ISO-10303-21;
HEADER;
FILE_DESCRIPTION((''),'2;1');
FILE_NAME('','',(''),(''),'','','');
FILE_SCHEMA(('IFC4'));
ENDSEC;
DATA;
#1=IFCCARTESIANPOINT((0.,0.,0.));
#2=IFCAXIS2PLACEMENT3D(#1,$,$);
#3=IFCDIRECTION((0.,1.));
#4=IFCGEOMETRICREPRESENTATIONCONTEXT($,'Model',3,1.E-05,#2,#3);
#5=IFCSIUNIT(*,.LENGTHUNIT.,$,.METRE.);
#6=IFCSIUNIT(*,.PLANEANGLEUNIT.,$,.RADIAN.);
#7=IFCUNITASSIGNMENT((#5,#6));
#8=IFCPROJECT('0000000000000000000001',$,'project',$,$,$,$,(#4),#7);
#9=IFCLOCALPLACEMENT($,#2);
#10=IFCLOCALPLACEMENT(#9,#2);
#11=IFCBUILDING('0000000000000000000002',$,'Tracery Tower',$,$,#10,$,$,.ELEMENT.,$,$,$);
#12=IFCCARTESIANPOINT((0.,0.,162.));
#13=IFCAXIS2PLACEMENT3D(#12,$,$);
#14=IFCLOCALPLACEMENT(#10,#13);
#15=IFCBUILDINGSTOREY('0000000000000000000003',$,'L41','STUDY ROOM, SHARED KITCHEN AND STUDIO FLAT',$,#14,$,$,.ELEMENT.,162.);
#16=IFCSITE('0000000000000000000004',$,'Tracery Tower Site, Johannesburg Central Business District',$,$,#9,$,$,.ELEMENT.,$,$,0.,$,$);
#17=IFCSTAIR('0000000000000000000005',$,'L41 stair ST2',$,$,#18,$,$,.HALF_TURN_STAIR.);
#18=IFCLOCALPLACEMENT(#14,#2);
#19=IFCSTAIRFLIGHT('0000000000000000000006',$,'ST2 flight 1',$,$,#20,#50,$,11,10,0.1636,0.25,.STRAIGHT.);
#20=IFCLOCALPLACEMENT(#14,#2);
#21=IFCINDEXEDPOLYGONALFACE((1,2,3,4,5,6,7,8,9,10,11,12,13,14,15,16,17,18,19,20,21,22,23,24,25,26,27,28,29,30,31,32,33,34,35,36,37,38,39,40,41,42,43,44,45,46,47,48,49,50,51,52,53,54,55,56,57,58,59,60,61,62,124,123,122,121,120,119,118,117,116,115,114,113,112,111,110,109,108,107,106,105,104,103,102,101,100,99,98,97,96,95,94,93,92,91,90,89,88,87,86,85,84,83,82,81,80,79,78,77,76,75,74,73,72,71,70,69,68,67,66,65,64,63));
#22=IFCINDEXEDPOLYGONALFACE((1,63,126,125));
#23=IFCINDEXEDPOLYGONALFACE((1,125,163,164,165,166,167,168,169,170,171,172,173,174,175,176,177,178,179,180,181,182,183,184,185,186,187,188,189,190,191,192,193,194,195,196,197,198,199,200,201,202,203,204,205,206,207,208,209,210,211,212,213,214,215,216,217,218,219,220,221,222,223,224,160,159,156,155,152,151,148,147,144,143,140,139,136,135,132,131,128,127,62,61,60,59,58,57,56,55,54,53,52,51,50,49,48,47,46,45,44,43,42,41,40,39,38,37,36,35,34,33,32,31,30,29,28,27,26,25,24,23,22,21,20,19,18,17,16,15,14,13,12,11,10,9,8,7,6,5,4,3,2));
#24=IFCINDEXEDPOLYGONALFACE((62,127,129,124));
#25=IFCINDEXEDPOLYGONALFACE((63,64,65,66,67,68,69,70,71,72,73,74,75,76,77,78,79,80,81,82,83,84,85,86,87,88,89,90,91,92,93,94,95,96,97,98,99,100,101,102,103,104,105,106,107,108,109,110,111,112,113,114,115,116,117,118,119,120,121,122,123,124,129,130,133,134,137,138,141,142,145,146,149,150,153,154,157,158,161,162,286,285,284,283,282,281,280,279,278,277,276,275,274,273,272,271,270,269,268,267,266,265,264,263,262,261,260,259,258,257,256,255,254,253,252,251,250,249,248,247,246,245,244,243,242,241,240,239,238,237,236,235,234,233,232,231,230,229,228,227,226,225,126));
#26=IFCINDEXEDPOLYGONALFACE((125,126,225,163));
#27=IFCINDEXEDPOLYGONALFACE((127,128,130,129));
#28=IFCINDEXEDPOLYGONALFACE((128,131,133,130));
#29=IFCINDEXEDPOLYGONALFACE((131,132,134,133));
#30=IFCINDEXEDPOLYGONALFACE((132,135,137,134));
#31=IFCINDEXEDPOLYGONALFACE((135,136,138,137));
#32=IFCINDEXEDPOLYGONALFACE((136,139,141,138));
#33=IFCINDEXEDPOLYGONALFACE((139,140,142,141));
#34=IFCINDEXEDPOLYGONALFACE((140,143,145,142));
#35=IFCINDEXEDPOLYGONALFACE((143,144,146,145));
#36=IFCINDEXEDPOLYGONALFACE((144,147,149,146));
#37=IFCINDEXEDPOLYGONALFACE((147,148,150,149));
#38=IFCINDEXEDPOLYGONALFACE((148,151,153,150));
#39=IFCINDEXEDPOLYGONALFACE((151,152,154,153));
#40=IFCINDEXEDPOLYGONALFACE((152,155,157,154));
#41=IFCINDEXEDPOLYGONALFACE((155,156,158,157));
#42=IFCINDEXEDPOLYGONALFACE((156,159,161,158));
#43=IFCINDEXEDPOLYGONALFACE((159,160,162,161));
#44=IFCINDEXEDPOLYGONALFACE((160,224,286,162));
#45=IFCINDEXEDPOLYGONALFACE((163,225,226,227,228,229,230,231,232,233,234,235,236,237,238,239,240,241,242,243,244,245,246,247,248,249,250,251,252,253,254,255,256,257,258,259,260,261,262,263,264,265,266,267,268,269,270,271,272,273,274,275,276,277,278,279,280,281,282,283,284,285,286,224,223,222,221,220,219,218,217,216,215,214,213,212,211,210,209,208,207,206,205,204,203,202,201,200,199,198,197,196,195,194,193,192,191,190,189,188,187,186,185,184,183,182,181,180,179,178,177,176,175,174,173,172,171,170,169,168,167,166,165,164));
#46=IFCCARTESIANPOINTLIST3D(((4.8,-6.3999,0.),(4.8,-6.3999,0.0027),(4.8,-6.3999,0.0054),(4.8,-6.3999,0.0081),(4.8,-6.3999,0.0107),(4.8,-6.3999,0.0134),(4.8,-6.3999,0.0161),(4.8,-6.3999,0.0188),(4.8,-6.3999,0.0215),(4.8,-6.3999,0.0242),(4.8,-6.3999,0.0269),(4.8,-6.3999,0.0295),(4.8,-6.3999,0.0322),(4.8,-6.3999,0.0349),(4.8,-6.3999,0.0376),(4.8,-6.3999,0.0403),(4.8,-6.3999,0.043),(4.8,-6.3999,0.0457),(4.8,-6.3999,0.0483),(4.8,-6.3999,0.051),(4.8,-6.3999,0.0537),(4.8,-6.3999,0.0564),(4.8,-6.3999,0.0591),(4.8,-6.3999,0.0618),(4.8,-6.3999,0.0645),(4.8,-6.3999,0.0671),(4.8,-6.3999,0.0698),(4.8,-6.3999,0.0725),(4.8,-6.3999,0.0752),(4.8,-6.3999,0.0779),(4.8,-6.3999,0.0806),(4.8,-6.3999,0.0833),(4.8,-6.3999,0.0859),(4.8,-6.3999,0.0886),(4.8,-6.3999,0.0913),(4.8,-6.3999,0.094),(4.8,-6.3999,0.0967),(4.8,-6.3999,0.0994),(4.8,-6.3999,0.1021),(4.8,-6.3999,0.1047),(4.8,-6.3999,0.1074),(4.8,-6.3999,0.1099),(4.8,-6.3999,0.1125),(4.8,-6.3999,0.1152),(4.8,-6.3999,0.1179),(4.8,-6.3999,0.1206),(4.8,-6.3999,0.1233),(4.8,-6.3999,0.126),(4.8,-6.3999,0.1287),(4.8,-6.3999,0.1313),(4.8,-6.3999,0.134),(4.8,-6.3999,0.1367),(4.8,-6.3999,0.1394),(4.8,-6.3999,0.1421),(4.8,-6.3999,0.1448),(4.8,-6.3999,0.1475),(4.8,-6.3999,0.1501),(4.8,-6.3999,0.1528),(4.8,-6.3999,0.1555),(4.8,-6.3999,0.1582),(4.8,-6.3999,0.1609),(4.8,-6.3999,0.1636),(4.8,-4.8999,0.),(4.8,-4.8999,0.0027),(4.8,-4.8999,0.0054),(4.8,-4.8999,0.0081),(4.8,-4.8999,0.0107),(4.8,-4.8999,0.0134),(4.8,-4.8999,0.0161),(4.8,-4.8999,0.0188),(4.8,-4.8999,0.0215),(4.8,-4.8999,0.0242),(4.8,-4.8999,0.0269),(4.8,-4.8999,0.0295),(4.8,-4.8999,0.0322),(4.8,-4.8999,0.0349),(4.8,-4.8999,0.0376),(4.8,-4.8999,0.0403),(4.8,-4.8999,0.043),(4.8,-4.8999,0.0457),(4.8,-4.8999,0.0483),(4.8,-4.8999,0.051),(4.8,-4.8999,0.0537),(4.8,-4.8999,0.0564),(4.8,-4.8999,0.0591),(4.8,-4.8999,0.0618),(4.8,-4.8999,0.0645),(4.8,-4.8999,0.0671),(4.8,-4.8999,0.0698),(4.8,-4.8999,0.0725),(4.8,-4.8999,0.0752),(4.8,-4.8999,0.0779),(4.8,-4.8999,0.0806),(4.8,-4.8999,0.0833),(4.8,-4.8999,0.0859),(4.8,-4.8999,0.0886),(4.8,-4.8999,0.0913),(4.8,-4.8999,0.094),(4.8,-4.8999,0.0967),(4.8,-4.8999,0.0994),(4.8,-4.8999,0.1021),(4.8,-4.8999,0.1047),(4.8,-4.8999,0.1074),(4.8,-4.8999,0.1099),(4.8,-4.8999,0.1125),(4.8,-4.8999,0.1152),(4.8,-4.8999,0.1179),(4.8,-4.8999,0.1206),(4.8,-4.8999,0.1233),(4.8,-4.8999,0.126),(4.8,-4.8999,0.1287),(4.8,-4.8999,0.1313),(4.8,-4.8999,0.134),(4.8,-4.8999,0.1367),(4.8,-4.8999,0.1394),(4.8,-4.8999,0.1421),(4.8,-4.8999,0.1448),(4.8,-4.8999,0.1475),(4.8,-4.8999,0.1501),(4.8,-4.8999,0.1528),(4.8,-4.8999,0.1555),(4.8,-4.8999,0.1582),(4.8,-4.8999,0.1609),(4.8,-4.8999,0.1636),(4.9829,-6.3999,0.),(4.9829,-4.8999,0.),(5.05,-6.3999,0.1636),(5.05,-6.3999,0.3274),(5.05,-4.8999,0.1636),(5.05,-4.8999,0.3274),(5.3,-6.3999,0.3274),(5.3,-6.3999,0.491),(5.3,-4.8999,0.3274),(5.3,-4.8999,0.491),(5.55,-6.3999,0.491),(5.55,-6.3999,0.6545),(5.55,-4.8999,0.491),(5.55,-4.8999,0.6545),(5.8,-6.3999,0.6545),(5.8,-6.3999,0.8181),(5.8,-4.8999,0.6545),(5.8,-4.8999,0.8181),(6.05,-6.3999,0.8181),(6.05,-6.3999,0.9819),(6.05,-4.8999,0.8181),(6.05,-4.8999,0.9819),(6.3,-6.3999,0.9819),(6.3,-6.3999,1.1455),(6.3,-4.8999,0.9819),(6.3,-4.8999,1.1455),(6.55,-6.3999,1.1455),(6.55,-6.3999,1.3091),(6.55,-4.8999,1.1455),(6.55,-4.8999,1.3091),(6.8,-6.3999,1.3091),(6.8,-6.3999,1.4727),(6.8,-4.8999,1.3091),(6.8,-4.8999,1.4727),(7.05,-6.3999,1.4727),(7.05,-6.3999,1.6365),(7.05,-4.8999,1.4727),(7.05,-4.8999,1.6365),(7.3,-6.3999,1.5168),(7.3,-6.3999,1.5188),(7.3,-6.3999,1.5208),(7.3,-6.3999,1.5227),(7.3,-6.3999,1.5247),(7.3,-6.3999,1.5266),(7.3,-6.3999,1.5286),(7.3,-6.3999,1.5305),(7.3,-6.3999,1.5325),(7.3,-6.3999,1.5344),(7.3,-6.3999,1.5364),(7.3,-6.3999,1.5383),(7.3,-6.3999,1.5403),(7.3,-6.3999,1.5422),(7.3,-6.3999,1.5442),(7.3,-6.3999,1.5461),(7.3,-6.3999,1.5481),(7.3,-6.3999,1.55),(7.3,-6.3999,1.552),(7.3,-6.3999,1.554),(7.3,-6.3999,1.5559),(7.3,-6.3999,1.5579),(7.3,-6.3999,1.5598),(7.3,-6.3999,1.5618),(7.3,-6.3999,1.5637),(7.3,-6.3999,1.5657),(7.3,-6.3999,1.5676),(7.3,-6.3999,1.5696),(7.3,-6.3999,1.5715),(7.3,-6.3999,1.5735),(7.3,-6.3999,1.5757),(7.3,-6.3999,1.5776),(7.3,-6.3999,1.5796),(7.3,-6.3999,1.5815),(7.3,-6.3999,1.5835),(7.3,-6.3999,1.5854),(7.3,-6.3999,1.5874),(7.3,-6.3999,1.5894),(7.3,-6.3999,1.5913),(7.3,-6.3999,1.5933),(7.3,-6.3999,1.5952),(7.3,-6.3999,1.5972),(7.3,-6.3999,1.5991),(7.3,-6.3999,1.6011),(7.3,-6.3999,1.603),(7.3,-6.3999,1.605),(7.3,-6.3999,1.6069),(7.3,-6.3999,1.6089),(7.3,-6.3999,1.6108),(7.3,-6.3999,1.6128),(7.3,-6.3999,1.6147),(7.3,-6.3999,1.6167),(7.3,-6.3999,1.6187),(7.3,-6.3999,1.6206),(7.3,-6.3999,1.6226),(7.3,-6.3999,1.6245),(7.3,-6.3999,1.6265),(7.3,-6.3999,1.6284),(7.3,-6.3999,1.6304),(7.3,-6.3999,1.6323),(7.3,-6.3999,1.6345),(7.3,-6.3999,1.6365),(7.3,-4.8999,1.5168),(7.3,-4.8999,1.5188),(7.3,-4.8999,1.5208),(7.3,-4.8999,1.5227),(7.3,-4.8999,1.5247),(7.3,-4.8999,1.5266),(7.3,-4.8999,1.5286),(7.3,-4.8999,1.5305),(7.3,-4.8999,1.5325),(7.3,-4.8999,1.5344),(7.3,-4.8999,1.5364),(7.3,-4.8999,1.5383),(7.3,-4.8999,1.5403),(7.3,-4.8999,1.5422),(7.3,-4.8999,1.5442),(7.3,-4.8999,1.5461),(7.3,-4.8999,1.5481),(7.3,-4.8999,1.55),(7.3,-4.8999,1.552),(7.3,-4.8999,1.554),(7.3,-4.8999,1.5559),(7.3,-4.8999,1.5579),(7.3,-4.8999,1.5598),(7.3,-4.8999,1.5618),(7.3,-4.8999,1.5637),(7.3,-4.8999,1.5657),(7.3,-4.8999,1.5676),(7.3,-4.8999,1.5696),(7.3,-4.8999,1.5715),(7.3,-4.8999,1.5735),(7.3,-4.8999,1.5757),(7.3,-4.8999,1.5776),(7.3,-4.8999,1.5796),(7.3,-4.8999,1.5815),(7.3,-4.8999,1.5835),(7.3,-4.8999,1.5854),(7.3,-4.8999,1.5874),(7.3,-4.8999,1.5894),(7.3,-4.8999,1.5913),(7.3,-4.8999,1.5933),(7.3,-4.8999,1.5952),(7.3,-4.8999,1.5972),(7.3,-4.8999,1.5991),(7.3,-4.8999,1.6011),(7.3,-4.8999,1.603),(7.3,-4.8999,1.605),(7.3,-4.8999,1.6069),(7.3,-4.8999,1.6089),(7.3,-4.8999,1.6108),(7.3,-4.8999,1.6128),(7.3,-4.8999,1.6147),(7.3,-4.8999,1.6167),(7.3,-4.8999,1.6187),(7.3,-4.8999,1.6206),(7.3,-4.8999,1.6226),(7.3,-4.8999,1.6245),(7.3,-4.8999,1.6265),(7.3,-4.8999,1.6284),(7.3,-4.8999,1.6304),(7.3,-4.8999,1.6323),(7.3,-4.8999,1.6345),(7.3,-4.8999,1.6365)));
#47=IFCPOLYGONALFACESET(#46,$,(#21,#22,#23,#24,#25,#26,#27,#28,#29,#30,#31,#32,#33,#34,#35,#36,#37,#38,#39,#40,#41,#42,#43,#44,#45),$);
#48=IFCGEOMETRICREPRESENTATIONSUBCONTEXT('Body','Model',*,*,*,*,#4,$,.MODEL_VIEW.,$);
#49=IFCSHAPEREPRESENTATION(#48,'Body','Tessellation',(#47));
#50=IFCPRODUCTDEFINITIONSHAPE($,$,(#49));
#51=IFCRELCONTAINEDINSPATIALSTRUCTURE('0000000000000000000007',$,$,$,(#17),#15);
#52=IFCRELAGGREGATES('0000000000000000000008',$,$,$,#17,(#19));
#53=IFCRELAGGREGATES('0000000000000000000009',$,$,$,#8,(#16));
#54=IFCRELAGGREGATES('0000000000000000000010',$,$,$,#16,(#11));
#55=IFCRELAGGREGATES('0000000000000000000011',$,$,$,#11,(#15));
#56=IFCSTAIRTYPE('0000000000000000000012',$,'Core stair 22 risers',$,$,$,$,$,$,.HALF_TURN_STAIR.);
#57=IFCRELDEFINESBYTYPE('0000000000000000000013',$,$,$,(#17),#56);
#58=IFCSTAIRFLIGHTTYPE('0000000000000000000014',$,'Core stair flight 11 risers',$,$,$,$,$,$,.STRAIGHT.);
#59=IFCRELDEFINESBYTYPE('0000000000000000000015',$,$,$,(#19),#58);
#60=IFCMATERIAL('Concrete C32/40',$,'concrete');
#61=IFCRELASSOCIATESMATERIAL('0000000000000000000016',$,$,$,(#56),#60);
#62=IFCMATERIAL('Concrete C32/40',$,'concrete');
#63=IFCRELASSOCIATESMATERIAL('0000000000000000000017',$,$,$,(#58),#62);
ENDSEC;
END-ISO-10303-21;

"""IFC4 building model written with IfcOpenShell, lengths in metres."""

from ifc_helpers import new_model, si_unit, direction, frame, origin, place, context, subcontext, project, spatial, polyline, outline, extrude, material, type_object, element, aggregate, save


model = new_model("IFC4")

# Units and contexts
model_context = context("Model", 3, precision=1e-05, world=origin(), true_north=direction((0.0, 1.0)))
body_context = subcontext(model_context, "Body", "Model", "MODEL_VIEW")
ifc_project = project(units=[si_unit("LENGTHUNIT", "METRE"), si_unit("PLANEANGLEUNIT", "RADIAN")], contexts=[model_context])

# Site, building, storey
site_placement = place(None, origin())
site = spatial("IfcSite", under=ifc_project, at=site_placement, Name="Tracery Tower Site, Johannesburg Central Business District", CompositionType="ELEMENT", RefElevation=0.0)
building_placement = place(site_placement, origin())
building = spatial("IfcBuilding", under=site, at=building_placement, Name="Tracery Tower", CompositionType="ELEMENT")
storey_placement = place(building_placement, frame((0.0, 0.0, 162.0)))
storey = spatial("IfcBuildingStorey", under=building, at=storey_placement, Name="L41", Description="STUDY ROOM, SHARED KITCHEN AND STUDIO FLAT", CompositionType="ELEMENT", Elevation=162.0)

# Stair
ifc_material_1 = material(Name="Concrete C32/40", Category="concrete")
stair_type = type_object("IfcStairType", Name="Core stair 22 risers", PredefinedType="HALF_TURN_STAIR", material=ifc_material_1)
stair_1_placement = place(storey_placement, origin())
stair_1 = element("IfcStair", 1, at=stair_1_placement, inside=storey, type_object=stair_type, Name="L41 stair ST2", PredefinedType="HALF_TURN_STAIR")

# Stair flight
ifc_material_2 = material(Name="Concrete C32/40", Category="concrete")
stair_flight_type = type_object("IfcStairFlightType", Name="Core stair flight 11 risers", PredefinedType="STRAIGHT", material=ifc_material_2)
stair_flight_1_placement = place(storey_placement, frame((4.8, -5.6499, 0.0), z_axis=(0.0, 0.0, 1.0), x_axis=(1.0, 0.0, 0.0)))
stair_flight_1 = element("IfcStairFlight", 2, at=stair_flight_1_placement, type_object=stair_flight_type, Name="ST2 flight 1", NumberOfRisers=11, NumberOfTreads=10, PredefinedType="STRAIGHT", RiserHeight=0.1636, TreadLength=0.25, context=body_context, shape_type="SweptSolid", body=[
    extrude(outline(polyline([(0.0, 0.0), (0.0, 0.0027), (0.0, 0.0054), (0.0, 0.0081), (0.0, 0.0107), (0.0, 0.0134), (0.0, 0.0161), (0.0, 0.0188), (0.0, 0.0215), (0.0, 0.0242), (0.0, 0.0269), (0.0, 0.0295), (0.0, 0.0322), (0.0, 0.0349), (0.0, 0.0376), (0.0, 0.0403), (0.0, 0.043), (0.0, 0.0457), (0.0, 0.0483), (0.0, 0.051), (0.0, 0.0537), (0.0, 0.0564), (0.0, 0.0591), (0.0, 0.0618), (0.0, 0.0645), (0.0, 0.0671), (0.0, 0.0698), (0.0, 0.0725), (0.0, 0.0752), (0.0, 0.0779), (0.0, 0.0806), (0.0, 0.0833), (0.0, 0.0859), (0.0, 0.0886), (0.0, 0.0913), (0.0, 0.094), (0.0, 0.0967), (0.0, 0.0994), (0.0, 0.1021), (0.0, 0.1047), (0.0, 0.1074), (0.0, 0.1099), (0.0, 0.1125), (0.0, 0.1152), (0.0, 0.1179), (0.0, 0.1206), (0.0, 0.1233), (0.0, 0.126), (0.0, 0.1287), (0.0, 0.1313), (0.0, 0.134), (0.0, 0.1367), (0.0, 0.1394), (0.0, 0.1421), (0.0, 0.1448), (0.0, 0.1475), (0.0, 0.1501), (0.0, 0.1528), (0.0, 0.1555), (0.0, 0.1582), (0.0, 0.1609), (0.0, 0.1636), (0.25, 0.1636), (0.25, 0.3274), (0.5, 0.3274), (0.5, 0.491), (0.75, 0.491), (0.75, 0.6545), (1.0, 0.6545), (1.0, 0.8181), (1.25, 0.8181), (1.25, 0.9819), (1.5, 0.9819), (1.5, 1.1455), (1.75, 1.1455), (1.75, 1.3091), (2.0, 1.3091), (2.0, 1.4727), (2.25, 1.4727), (2.25, 1.6365), (2.5, 1.6365), (2.5, 1.6345), (2.5, 1.6323), (2.5, 1.6304), (2.5, 1.6284), (2.5, 1.6265), (2.5, 1.6245), (2.5, 1.6226), (2.5, 1.6206), (2.5, 1.6187), (2.5, 1.6167), (2.5, 1.6147), (2.5, 1.6128), (2.5, 1.6108), (2.5, 1.6089), (2.5, 1.6069), (2.5, 1.605), (2.5, 1.603), (2.5, 1.6011), (2.5, 1.5991), (2.5, 1.5972), (2.5, 1.5952), (2.5, 1.5933), (2.5, 1.5913), (2.5, 1.5894), (2.5, 1.5874), (2.5, 1.5854), (2.5, 1.5835), (2.5, 1.5815), (2.5, 1.5796), (2.5, 1.5776), (2.5, 1.5757), (2.5, 1.5735), (2.5, 1.5715), (2.5, 1.5696), (2.5, 1.5676), (2.5, 1.5657), (2.5, 1.5637), (2.5, 1.5618), (2.5, 1.5598), (2.5, 1.5579), (2.5, 1.5559), (2.5, 1.554), (2.5, 1.552), (2.5, 1.55), (2.5, 1.5481), (2.5, 1.5461), (2.5, 1.5442), (2.5, 1.5422), (2.5, 1.5403), (2.5, 1.5383), (2.5, 1.5364), (2.5, 1.5344), (2.5, 1.5325), (2.5, 1.5305), (2.5, 1.5286), (2.5, 1.5266), (2.5, 1.5247), (2.5, 1.5227), (2.5, 1.5208), (2.5, 1.5188), (2.5, 1.5168), (0.1829, 0.0), (0.0, 0.0)])), frame((0.0, 0.75, 0.0), z_axis=(0.0, -1.0, 0.0), x_axis=(1.0, 0.0, 0.0)), (0.0, 0.0, 1.0), 1.5),
])
aggregate(stair_1, [stair_flight_1])

save(model, "model.ifc")
